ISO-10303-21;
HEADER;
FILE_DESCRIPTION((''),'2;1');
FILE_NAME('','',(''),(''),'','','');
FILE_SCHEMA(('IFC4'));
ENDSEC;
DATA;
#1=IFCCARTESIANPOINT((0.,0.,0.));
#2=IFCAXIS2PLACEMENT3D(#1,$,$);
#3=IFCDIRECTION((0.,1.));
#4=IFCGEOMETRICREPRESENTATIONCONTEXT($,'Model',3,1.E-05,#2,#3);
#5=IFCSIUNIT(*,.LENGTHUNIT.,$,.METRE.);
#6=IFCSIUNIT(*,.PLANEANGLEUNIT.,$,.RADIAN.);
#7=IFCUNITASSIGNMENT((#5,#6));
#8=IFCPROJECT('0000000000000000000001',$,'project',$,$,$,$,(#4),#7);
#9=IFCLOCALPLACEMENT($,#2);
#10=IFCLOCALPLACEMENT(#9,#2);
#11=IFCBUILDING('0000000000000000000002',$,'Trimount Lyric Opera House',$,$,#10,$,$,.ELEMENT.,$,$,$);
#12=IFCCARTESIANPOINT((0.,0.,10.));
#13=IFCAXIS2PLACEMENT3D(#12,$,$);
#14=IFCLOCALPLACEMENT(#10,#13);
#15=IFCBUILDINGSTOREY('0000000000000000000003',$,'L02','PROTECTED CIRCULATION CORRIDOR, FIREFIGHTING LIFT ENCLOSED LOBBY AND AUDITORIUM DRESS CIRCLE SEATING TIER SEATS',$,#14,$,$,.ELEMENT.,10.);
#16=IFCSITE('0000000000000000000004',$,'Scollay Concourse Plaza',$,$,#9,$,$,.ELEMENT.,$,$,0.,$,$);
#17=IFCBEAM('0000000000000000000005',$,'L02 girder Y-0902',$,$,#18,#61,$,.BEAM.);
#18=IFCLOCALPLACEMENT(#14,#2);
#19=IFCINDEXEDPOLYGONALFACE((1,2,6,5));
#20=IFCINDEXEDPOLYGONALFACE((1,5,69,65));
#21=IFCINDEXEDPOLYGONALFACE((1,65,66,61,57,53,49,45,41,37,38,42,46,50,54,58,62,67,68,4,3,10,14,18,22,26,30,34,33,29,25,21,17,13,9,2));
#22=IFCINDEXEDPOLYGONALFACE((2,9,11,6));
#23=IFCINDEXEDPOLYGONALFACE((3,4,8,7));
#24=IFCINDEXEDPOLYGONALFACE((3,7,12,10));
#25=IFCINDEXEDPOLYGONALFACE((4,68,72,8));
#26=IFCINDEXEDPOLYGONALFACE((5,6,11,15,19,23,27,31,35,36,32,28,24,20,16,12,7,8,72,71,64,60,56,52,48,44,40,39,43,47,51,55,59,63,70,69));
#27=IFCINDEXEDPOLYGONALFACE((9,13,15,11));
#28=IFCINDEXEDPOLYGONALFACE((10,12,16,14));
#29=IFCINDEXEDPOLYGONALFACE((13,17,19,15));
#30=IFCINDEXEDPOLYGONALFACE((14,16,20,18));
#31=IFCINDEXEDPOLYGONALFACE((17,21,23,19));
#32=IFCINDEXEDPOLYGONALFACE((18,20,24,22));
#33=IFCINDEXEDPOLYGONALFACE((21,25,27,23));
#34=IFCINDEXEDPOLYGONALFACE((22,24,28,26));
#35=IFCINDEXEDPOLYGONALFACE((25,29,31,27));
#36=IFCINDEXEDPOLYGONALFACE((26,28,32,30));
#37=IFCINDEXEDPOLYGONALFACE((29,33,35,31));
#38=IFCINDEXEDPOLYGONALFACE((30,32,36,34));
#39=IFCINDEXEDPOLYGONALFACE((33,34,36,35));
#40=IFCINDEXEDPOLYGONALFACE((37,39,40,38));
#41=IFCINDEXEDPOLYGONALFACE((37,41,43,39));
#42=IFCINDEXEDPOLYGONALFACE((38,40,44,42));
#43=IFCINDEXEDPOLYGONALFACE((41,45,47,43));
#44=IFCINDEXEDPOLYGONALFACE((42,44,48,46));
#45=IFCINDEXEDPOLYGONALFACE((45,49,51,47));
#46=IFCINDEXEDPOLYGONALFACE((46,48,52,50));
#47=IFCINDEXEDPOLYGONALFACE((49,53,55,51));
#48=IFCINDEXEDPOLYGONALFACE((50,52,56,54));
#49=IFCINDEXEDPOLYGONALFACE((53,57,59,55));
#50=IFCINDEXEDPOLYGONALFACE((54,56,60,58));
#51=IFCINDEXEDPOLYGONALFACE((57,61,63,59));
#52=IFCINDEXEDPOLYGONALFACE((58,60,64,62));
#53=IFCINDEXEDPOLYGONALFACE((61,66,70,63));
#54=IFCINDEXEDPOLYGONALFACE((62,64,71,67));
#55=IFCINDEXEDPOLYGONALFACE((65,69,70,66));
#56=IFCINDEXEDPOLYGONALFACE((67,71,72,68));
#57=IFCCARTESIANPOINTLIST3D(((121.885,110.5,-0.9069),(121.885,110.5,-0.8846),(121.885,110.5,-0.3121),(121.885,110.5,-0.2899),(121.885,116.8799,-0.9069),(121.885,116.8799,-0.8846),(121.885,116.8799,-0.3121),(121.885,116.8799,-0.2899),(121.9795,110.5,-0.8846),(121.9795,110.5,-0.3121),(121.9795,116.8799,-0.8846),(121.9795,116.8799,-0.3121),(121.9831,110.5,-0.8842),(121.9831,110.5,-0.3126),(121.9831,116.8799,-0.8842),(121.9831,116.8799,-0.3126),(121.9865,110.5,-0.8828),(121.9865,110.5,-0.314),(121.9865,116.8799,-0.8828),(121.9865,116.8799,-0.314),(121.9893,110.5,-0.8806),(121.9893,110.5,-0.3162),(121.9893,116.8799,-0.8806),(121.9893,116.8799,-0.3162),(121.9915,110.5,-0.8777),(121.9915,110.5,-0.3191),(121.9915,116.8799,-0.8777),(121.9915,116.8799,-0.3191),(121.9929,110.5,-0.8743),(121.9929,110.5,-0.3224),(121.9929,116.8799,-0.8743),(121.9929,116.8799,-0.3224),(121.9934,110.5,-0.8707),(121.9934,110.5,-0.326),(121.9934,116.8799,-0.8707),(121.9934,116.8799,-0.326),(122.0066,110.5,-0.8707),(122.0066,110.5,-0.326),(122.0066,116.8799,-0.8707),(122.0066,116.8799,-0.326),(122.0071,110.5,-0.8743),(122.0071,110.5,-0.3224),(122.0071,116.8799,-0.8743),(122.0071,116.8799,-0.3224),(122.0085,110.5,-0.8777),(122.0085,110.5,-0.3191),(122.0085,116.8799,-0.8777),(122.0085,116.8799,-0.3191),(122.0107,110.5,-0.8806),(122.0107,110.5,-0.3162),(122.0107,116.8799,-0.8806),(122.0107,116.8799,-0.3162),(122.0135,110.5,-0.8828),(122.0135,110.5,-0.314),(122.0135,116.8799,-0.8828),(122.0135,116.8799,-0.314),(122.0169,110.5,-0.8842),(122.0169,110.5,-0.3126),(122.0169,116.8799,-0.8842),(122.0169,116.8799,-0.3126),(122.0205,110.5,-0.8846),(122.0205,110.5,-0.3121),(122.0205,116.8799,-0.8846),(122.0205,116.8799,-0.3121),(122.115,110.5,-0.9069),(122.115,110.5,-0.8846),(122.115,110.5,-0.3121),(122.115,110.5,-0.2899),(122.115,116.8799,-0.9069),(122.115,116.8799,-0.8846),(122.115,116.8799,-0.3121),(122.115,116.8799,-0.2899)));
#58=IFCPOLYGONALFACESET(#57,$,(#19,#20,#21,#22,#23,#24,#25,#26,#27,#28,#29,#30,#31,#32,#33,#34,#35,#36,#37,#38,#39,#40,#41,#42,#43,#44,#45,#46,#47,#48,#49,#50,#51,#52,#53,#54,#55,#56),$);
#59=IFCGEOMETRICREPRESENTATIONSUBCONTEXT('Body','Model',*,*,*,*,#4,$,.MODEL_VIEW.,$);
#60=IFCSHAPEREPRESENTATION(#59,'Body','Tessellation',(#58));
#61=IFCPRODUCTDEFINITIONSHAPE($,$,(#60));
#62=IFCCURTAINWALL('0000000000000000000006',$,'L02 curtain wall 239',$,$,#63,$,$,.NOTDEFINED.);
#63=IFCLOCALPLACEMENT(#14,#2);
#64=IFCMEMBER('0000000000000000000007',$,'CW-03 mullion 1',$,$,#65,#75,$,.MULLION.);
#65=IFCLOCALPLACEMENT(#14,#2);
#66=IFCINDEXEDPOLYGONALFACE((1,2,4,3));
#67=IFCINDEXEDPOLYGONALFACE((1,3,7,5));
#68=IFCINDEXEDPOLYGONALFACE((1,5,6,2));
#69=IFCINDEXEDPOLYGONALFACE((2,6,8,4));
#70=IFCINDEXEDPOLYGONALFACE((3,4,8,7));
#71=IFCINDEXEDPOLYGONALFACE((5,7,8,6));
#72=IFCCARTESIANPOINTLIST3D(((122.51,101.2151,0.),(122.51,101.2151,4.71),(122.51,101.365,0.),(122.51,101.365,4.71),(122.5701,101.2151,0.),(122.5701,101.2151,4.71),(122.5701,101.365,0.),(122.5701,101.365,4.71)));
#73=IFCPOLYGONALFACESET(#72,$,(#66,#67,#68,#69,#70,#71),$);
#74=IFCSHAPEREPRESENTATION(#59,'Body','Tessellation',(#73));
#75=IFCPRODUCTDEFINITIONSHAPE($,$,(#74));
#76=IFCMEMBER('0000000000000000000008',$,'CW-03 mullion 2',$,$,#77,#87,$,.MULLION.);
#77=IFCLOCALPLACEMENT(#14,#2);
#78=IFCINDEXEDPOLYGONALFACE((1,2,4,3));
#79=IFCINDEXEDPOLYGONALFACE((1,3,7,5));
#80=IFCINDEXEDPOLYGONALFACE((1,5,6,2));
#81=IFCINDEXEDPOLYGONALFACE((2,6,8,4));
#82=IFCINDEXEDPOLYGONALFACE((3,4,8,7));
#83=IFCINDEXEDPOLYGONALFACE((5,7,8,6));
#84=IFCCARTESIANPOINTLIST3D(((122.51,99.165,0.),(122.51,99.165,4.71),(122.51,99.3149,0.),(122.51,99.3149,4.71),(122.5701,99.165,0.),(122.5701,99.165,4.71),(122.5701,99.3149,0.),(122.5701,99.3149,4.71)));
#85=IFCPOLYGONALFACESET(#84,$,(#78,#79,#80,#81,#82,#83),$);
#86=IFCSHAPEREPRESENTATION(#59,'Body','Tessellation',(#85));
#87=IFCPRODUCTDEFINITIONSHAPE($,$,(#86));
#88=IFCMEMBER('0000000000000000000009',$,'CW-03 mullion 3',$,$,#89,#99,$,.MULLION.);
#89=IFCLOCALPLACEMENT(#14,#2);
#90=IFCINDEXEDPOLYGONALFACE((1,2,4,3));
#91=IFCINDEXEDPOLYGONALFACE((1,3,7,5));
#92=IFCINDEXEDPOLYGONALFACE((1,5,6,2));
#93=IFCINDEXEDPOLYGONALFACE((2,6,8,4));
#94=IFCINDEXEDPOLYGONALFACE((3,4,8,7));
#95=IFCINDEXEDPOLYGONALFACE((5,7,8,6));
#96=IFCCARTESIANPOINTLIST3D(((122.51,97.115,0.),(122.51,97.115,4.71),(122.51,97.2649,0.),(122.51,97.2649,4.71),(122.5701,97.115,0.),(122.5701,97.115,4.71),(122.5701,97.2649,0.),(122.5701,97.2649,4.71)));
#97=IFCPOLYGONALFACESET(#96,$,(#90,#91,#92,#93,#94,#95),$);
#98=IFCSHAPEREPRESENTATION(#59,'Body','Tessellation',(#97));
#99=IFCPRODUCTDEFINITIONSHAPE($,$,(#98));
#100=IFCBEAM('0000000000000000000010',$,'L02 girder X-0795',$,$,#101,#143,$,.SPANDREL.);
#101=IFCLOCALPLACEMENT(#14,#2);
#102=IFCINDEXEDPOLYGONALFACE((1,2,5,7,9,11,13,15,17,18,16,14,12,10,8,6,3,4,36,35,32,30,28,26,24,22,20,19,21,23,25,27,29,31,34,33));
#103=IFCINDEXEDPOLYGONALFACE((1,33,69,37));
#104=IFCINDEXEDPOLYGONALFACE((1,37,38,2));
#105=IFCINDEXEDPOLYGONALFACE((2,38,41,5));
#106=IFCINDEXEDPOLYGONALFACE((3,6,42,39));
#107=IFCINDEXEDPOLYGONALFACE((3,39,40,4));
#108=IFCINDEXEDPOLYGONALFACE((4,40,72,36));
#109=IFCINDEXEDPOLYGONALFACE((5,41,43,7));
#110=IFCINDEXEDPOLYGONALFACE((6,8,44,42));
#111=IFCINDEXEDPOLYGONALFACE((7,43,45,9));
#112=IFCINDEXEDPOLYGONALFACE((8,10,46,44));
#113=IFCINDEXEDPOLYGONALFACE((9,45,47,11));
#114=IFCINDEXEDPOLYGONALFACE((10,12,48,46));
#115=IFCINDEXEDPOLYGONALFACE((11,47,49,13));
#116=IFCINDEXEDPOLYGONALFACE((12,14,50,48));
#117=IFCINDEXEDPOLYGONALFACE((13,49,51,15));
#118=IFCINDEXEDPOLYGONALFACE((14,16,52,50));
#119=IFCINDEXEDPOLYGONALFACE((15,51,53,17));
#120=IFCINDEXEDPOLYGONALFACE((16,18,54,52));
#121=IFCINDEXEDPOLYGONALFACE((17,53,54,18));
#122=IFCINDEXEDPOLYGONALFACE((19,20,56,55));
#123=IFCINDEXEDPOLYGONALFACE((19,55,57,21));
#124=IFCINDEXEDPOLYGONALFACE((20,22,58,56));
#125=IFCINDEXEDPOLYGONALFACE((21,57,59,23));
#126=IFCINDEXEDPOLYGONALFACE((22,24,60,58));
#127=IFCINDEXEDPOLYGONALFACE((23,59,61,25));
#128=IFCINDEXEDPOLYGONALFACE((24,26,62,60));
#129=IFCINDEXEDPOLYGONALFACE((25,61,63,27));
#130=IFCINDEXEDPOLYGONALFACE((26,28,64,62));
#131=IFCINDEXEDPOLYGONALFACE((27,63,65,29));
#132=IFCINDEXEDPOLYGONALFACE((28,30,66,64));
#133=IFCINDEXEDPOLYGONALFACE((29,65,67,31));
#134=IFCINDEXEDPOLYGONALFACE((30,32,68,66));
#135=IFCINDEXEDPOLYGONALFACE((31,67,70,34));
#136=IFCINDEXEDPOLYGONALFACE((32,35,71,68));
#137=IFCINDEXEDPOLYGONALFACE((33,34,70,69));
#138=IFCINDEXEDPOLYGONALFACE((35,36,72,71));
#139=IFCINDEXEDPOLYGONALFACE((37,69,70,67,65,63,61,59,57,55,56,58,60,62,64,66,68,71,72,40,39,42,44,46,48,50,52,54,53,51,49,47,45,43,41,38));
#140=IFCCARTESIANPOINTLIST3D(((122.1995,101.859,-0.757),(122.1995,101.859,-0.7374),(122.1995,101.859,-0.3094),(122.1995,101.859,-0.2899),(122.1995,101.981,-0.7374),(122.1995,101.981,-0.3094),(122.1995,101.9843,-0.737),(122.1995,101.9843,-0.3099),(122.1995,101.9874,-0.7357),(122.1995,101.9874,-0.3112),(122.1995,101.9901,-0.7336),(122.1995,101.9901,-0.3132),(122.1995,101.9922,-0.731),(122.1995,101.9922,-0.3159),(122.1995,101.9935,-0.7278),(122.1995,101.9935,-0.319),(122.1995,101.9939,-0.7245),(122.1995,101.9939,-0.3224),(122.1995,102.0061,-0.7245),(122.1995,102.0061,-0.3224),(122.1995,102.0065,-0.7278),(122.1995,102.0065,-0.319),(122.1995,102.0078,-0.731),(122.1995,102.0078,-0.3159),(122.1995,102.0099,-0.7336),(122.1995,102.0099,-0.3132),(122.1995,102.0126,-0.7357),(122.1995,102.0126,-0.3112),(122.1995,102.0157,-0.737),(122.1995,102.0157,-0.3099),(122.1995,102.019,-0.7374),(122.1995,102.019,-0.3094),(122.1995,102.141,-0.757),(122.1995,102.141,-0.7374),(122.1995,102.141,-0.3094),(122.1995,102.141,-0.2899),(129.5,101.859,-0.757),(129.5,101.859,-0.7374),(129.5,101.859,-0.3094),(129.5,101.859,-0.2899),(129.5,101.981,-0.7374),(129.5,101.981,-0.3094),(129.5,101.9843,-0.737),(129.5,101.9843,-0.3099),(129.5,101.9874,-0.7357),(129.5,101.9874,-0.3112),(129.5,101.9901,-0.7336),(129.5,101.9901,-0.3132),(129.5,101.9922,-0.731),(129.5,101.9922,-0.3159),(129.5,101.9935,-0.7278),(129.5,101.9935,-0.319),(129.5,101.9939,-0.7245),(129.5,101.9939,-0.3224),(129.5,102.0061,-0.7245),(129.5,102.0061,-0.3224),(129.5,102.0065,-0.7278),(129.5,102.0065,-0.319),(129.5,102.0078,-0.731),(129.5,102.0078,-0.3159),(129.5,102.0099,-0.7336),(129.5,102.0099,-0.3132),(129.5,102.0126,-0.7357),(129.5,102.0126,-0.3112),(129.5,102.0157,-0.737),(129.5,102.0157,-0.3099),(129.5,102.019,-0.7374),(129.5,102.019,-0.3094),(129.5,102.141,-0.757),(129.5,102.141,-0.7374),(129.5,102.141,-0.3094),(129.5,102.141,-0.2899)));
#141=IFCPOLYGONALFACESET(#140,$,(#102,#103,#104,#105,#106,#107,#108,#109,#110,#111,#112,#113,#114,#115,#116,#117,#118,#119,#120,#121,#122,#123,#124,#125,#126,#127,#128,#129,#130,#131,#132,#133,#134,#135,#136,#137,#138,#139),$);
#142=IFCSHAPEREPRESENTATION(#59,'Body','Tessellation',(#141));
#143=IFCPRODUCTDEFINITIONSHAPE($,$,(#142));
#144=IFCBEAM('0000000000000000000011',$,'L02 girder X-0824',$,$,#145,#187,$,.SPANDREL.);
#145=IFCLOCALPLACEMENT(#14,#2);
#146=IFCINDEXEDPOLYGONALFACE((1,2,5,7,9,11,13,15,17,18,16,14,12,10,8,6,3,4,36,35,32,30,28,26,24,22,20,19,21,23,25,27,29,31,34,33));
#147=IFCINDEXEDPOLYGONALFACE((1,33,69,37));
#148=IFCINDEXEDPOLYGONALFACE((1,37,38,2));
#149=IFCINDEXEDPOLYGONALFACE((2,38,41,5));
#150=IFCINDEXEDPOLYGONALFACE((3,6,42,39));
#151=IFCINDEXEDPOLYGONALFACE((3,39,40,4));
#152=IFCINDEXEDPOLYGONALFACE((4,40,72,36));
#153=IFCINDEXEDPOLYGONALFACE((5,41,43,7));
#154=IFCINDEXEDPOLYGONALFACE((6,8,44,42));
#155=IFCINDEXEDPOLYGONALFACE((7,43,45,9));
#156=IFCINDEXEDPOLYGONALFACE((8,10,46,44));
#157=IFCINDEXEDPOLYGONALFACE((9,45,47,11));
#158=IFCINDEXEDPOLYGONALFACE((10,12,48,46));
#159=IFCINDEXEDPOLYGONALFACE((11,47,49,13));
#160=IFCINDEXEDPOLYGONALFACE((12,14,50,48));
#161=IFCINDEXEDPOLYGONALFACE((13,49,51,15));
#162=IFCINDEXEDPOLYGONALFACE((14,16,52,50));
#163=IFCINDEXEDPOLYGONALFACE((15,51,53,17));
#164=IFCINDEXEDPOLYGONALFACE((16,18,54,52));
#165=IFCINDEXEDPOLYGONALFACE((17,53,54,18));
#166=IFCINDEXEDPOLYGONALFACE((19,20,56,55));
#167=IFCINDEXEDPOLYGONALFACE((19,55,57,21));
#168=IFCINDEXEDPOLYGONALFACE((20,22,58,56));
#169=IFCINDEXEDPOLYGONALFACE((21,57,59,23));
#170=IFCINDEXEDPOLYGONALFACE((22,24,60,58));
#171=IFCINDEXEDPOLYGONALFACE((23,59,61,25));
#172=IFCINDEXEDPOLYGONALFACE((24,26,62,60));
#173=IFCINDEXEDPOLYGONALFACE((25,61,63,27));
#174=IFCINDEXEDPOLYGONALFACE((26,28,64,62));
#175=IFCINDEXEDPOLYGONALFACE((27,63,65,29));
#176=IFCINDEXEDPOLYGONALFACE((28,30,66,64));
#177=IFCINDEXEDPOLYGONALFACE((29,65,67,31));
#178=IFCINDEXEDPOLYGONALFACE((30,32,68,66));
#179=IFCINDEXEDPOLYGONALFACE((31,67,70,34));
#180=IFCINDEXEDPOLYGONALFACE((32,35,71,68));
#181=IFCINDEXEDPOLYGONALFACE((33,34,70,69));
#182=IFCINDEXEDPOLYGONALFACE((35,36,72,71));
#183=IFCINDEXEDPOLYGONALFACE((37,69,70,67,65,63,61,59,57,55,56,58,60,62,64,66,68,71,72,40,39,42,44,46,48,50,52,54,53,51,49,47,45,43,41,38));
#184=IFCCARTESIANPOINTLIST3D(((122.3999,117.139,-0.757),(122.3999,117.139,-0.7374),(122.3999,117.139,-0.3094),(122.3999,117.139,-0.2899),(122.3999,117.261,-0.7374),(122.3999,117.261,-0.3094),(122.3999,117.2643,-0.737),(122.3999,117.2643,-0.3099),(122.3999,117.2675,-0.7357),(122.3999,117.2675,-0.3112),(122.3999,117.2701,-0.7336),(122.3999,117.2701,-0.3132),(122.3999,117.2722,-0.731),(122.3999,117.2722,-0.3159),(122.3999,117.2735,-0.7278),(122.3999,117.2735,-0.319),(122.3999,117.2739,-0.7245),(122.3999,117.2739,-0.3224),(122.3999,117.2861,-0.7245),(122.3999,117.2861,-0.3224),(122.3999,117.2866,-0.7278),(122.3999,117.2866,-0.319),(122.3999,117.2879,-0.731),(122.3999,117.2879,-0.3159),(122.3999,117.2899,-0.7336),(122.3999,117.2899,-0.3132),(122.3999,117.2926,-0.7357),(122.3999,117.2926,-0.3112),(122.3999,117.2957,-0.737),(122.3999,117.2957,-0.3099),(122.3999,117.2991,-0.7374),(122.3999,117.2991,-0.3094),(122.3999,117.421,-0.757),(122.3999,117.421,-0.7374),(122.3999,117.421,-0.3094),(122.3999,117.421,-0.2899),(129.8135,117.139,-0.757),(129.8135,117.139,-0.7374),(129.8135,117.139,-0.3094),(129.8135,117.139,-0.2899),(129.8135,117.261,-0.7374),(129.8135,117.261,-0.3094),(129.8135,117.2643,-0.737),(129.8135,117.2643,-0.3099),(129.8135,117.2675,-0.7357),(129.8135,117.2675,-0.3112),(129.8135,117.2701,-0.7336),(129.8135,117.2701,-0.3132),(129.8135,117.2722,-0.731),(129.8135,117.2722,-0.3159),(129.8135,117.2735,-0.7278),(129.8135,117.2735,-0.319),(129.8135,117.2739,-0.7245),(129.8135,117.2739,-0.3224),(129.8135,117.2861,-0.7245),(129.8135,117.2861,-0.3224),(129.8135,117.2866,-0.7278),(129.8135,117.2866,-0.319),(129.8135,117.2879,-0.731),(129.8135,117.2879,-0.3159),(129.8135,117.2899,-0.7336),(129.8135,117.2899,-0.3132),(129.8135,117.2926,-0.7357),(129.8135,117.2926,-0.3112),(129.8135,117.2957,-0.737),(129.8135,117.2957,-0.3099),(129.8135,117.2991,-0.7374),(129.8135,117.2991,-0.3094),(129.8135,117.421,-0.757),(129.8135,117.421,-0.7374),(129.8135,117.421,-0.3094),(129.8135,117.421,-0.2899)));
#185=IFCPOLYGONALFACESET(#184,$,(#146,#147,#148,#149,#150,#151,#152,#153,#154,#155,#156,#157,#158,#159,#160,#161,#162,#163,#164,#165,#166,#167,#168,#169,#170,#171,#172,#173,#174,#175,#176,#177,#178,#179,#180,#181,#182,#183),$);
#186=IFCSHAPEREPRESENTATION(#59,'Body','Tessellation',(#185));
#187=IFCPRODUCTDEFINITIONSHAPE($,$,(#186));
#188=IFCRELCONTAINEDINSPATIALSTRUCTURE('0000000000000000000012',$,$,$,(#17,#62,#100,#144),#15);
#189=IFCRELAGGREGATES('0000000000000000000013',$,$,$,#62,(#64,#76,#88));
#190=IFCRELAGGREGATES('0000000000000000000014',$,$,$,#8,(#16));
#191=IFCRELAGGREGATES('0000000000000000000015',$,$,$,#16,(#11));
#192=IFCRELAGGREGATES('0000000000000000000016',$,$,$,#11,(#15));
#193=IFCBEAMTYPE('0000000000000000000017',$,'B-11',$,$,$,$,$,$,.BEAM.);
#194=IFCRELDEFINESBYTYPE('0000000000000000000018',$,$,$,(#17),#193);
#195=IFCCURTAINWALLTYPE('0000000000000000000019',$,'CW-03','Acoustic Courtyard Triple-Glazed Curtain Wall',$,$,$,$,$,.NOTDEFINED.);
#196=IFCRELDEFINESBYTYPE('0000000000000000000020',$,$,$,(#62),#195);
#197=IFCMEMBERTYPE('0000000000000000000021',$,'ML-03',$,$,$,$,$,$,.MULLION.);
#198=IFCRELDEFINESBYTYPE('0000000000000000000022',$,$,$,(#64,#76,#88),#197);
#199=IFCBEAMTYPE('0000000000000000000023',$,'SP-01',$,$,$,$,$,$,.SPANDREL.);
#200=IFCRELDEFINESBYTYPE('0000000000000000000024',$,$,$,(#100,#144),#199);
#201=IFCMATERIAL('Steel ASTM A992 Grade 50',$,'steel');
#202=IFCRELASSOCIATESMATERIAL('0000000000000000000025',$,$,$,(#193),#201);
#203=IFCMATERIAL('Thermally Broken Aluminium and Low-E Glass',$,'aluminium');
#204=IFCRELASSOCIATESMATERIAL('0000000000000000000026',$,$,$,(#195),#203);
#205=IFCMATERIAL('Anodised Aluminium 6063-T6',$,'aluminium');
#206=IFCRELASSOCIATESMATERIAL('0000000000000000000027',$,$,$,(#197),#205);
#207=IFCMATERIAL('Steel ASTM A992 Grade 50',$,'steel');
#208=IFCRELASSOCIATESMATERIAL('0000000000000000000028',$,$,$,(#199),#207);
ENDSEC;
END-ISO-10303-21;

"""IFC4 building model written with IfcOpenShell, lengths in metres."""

from ifc_helpers import new_model, si_unit, direction, frame, origin, origin_2d, place, context, subcontext, project, spatial, rectangle, i_section, extrude, material, material_profile, profile_set, type_object, element, aggregate, save


model = new_model("IFC4")

# Units and contexts
model_context = context("Model", 3, precision=1e-05, world=origin(), true_north=direction((0.0, 1.0)))
body_context = subcontext(model_context, "Body", "Model", "MODEL_VIEW")
ifc_project = project(units=[si_unit("LENGTHUNIT", "METRE"), si_unit("PLANEANGLEUNIT", "RADIAN")], contexts=[model_context])

# Site, building, storey
site_placement = place(None, origin())
site = spatial("IfcSite", under=ifc_project, at=site_placement, Name="Scollay Concourse Plaza", CompositionType="ELEMENT", RefElevation=0.0)
building_placement = place(site_placement, origin())
building = spatial("IfcBuilding", under=site, at=building_placement, Name="Trimount Lyric Opera House", CompositionType="ELEMENT")
storey_placement = place(building_placement, frame((0.0, 0.0, 10.0)))
storey = spatial("IfcBuildingStorey", under=building, at=storey_placement, Name="L02", Description="PROTECTED CIRCULATION CORRIDOR, FIREFIGHTING LIFT ENCLOSED LOBBY AND AUDITORIUM DRESS CIRCLE SEATING TIER SEATS", CompositionType="ELEMENT", Elevation=10.0)

# Beam
ifc_material_1 = material(Name="Steel ASTM A992 Grade 50", Category="steel")
ifc_material_profile_1 = material_profile(ifc_material_1, i_section(OverallWidth=0.23, OverallDepth=0.6169, WebThickness=0.0132, FlangeThickness=0.0222, FilletRadius=0.0139, at=origin_2d()), Name="W24X94")
ifc_profile_set_1 = profile_set([ifc_material_profile_1], Name="Steel ASTM A992 Grade 50")
beam_type_1 = type_object("IfcBeamType", Name="B-11", PredefinedType="BEAM", material=ifc_profile_set_1)
beam_1_placement = place(storey_placement, frame((122.0, 110.5, -0.5984), z_axis=(0.0, 1.0, 0.0), x_axis=(-1.0, 0.0, 0.0)))
element("IfcBeam", 1, at=beam_1_placement, inside=storey, type_object=beam_type_1, Name="L02 girder Y-0902", PredefinedType="BEAM", context=body_context, shape_type="SweptSolid", body=[
    extrude(i_section(OverallWidth=0.23, OverallDepth=0.6169, WebThickness=0.0132, FlangeThickness=0.0222, FilletRadius=0.0139, at=origin_2d()), origin(), (0.0, 0.0, 1.0), 6.3799),
])

# Curtain wall, members
ifc_material_2 = material(Name="Thermally Broken Aluminium and Low-E Glass", Category="aluminium")
curtain_wall_type = type_object("IfcCurtainWallType", Name="CW-03", Description="Acoustic Courtyard Triple-Glazed Curtain Wall", PredefinedType="NOTDEFINED", material=ifc_material_2)
curtain_wall_placement = place(storey_placement, origin())
curtain_wall = element("IfcCurtainWall", 2, at=curtain_wall_placement, inside=storey, type_object=curtain_wall_type, Name="L02 curtain wall 239", PredefinedType="NOTDEFINED")
ifc_material_3 = material(Name="Anodised Aluminium 6063-T6", Category="aluminium")
ifc_material_profile_2 = material_profile(ifc_material_3, rectangle(XDim=0.0601, YDim=0.1499, at=origin_2d()), Name="ALU-MULL-60X150")
ifc_profile_set_2 = profile_set([ifc_material_profile_2], Name="Anodised Aluminium 6063-T6")
member_type_1 = type_object("IfcMemberType", Name="ML-03", PredefinedType="MULLION", material=ifc_profile_set_2)
member_1_placement = place(storey_placement, frame((122.54, 101.29, 0.0), z_axis=(0.0, 0.0, 1.0), x_axis=(1.0, 0.0, 0.0)))
member_1 = element("IfcMember", 3, at=member_1_placement, type_object=member_type_1, Name="CW-03 mullion 1", PredefinedType="MULLION", context=body_context, shape_type="SweptSolid", body=[
    extrude(rectangle(XDim=0.0601, YDim=0.1499, at=origin_2d()), origin(), (0.0, 0.0, 1.0), 4.71),
])
member_2_placement = place(storey_placement, frame((122.54, 99.24, 0.0), z_axis=(0.0, 0.0, 1.0), x_axis=(1.0, 0.0, 0.0)))
member_2 = element("IfcMember", 4, at=member_2_placement, type_object=member_type_1, Name="CW-03 mullion 2", PredefinedType="MULLION", context=body_context, shape_type="SweptSolid", body=[
    extrude(rectangle(XDim=0.0601, YDim=0.1499, at=origin_2d()), origin(), (0.0, 0.0, 1.0), 4.71),
])
member_3_placement = place(storey_placement, frame((122.54, 97.1899, 0.0), z_axis=(0.0, 0.0, 1.0), x_axis=(1.0, 0.0, 0.0)))
member_3 = element("IfcMember", 5, at=member_3_placement, type_object=member_type_1, Name="CW-03 mullion 3", PredefinedType="MULLION", context=body_context, shape_type="SweptSolid", body=[
    extrude(rectangle(XDim=0.0601, YDim=0.1499, at=origin_2d()), origin(), (0.0, 0.0, 1.0), 4.71),
])

# Beams
ifc_material_4 = material(Name="Steel ASTM A992 Grade 50", Category="steel")
ifc_material_profile_3 = material_profile(ifc_material_4, i_section(OverallWidth=0.282, OverallDepth=0.467, WebThickness=0.0122, FlangeThickness=0.0195, FilletRadius=0.0129, at=origin_2d()), Name="W18X86")
ifc_profile_set_3 = profile_set([ifc_material_profile_3], Name="Steel ASTM A992 Grade 50")
beam_type_2 = type_object("IfcBeamType", Name="SP-01", PredefinedType="SPANDREL", material=ifc_profile_set_3)
beam_2_placement = place(storey_placement, frame((122.1995, 102.0, -0.5234), z_axis=(1.0, 0.0, 0.0), x_axis=(0.0, 1.0, 0.0)))
element("IfcBeam", 6, at=beam_2_placement, inside=storey, type_object=beam_type_2, Name="L02 girder X-0795", PredefinedType="SPANDREL", context=body_context, shape_type="SweptSolid", body=[
    extrude(i_section(OverallWidth=0.282, OverallDepth=0.467, WebThickness=0.0122, FlangeThickness=0.0195, FilletRadius=0.0129, at=origin_2d()), origin(), (0.0, 0.0, 1.0), 7.3005),
])
beam_3_placement = place(storey_placement, frame((122.3999, 117.28, -0.5234), z_axis=(1.0, 0.0, 0.0), x_axis=(0.0, 1.0, 0.0)))
element("IfcBeam", 7, at=beam_3_placement, inside=storey, type_object=beam_type_2, Name="L02 girder X-0824", PredefinedType="SPANDREL", context=body_context, shape_type="SweptSolid", body=[
    extrude(i_section(OverallWidth=0.282, OverallDepth=0.467, WebThickness=0.0122, FlangeThickness=0.0195, FilletRadius=0.0129, at=origin_2d()), origin(), (0.0, 0.0, 1.0), 7.4136),
])

aggregate(curtain_wall, [member_1, member_2, member_3])

save(model, "model.ifc")
